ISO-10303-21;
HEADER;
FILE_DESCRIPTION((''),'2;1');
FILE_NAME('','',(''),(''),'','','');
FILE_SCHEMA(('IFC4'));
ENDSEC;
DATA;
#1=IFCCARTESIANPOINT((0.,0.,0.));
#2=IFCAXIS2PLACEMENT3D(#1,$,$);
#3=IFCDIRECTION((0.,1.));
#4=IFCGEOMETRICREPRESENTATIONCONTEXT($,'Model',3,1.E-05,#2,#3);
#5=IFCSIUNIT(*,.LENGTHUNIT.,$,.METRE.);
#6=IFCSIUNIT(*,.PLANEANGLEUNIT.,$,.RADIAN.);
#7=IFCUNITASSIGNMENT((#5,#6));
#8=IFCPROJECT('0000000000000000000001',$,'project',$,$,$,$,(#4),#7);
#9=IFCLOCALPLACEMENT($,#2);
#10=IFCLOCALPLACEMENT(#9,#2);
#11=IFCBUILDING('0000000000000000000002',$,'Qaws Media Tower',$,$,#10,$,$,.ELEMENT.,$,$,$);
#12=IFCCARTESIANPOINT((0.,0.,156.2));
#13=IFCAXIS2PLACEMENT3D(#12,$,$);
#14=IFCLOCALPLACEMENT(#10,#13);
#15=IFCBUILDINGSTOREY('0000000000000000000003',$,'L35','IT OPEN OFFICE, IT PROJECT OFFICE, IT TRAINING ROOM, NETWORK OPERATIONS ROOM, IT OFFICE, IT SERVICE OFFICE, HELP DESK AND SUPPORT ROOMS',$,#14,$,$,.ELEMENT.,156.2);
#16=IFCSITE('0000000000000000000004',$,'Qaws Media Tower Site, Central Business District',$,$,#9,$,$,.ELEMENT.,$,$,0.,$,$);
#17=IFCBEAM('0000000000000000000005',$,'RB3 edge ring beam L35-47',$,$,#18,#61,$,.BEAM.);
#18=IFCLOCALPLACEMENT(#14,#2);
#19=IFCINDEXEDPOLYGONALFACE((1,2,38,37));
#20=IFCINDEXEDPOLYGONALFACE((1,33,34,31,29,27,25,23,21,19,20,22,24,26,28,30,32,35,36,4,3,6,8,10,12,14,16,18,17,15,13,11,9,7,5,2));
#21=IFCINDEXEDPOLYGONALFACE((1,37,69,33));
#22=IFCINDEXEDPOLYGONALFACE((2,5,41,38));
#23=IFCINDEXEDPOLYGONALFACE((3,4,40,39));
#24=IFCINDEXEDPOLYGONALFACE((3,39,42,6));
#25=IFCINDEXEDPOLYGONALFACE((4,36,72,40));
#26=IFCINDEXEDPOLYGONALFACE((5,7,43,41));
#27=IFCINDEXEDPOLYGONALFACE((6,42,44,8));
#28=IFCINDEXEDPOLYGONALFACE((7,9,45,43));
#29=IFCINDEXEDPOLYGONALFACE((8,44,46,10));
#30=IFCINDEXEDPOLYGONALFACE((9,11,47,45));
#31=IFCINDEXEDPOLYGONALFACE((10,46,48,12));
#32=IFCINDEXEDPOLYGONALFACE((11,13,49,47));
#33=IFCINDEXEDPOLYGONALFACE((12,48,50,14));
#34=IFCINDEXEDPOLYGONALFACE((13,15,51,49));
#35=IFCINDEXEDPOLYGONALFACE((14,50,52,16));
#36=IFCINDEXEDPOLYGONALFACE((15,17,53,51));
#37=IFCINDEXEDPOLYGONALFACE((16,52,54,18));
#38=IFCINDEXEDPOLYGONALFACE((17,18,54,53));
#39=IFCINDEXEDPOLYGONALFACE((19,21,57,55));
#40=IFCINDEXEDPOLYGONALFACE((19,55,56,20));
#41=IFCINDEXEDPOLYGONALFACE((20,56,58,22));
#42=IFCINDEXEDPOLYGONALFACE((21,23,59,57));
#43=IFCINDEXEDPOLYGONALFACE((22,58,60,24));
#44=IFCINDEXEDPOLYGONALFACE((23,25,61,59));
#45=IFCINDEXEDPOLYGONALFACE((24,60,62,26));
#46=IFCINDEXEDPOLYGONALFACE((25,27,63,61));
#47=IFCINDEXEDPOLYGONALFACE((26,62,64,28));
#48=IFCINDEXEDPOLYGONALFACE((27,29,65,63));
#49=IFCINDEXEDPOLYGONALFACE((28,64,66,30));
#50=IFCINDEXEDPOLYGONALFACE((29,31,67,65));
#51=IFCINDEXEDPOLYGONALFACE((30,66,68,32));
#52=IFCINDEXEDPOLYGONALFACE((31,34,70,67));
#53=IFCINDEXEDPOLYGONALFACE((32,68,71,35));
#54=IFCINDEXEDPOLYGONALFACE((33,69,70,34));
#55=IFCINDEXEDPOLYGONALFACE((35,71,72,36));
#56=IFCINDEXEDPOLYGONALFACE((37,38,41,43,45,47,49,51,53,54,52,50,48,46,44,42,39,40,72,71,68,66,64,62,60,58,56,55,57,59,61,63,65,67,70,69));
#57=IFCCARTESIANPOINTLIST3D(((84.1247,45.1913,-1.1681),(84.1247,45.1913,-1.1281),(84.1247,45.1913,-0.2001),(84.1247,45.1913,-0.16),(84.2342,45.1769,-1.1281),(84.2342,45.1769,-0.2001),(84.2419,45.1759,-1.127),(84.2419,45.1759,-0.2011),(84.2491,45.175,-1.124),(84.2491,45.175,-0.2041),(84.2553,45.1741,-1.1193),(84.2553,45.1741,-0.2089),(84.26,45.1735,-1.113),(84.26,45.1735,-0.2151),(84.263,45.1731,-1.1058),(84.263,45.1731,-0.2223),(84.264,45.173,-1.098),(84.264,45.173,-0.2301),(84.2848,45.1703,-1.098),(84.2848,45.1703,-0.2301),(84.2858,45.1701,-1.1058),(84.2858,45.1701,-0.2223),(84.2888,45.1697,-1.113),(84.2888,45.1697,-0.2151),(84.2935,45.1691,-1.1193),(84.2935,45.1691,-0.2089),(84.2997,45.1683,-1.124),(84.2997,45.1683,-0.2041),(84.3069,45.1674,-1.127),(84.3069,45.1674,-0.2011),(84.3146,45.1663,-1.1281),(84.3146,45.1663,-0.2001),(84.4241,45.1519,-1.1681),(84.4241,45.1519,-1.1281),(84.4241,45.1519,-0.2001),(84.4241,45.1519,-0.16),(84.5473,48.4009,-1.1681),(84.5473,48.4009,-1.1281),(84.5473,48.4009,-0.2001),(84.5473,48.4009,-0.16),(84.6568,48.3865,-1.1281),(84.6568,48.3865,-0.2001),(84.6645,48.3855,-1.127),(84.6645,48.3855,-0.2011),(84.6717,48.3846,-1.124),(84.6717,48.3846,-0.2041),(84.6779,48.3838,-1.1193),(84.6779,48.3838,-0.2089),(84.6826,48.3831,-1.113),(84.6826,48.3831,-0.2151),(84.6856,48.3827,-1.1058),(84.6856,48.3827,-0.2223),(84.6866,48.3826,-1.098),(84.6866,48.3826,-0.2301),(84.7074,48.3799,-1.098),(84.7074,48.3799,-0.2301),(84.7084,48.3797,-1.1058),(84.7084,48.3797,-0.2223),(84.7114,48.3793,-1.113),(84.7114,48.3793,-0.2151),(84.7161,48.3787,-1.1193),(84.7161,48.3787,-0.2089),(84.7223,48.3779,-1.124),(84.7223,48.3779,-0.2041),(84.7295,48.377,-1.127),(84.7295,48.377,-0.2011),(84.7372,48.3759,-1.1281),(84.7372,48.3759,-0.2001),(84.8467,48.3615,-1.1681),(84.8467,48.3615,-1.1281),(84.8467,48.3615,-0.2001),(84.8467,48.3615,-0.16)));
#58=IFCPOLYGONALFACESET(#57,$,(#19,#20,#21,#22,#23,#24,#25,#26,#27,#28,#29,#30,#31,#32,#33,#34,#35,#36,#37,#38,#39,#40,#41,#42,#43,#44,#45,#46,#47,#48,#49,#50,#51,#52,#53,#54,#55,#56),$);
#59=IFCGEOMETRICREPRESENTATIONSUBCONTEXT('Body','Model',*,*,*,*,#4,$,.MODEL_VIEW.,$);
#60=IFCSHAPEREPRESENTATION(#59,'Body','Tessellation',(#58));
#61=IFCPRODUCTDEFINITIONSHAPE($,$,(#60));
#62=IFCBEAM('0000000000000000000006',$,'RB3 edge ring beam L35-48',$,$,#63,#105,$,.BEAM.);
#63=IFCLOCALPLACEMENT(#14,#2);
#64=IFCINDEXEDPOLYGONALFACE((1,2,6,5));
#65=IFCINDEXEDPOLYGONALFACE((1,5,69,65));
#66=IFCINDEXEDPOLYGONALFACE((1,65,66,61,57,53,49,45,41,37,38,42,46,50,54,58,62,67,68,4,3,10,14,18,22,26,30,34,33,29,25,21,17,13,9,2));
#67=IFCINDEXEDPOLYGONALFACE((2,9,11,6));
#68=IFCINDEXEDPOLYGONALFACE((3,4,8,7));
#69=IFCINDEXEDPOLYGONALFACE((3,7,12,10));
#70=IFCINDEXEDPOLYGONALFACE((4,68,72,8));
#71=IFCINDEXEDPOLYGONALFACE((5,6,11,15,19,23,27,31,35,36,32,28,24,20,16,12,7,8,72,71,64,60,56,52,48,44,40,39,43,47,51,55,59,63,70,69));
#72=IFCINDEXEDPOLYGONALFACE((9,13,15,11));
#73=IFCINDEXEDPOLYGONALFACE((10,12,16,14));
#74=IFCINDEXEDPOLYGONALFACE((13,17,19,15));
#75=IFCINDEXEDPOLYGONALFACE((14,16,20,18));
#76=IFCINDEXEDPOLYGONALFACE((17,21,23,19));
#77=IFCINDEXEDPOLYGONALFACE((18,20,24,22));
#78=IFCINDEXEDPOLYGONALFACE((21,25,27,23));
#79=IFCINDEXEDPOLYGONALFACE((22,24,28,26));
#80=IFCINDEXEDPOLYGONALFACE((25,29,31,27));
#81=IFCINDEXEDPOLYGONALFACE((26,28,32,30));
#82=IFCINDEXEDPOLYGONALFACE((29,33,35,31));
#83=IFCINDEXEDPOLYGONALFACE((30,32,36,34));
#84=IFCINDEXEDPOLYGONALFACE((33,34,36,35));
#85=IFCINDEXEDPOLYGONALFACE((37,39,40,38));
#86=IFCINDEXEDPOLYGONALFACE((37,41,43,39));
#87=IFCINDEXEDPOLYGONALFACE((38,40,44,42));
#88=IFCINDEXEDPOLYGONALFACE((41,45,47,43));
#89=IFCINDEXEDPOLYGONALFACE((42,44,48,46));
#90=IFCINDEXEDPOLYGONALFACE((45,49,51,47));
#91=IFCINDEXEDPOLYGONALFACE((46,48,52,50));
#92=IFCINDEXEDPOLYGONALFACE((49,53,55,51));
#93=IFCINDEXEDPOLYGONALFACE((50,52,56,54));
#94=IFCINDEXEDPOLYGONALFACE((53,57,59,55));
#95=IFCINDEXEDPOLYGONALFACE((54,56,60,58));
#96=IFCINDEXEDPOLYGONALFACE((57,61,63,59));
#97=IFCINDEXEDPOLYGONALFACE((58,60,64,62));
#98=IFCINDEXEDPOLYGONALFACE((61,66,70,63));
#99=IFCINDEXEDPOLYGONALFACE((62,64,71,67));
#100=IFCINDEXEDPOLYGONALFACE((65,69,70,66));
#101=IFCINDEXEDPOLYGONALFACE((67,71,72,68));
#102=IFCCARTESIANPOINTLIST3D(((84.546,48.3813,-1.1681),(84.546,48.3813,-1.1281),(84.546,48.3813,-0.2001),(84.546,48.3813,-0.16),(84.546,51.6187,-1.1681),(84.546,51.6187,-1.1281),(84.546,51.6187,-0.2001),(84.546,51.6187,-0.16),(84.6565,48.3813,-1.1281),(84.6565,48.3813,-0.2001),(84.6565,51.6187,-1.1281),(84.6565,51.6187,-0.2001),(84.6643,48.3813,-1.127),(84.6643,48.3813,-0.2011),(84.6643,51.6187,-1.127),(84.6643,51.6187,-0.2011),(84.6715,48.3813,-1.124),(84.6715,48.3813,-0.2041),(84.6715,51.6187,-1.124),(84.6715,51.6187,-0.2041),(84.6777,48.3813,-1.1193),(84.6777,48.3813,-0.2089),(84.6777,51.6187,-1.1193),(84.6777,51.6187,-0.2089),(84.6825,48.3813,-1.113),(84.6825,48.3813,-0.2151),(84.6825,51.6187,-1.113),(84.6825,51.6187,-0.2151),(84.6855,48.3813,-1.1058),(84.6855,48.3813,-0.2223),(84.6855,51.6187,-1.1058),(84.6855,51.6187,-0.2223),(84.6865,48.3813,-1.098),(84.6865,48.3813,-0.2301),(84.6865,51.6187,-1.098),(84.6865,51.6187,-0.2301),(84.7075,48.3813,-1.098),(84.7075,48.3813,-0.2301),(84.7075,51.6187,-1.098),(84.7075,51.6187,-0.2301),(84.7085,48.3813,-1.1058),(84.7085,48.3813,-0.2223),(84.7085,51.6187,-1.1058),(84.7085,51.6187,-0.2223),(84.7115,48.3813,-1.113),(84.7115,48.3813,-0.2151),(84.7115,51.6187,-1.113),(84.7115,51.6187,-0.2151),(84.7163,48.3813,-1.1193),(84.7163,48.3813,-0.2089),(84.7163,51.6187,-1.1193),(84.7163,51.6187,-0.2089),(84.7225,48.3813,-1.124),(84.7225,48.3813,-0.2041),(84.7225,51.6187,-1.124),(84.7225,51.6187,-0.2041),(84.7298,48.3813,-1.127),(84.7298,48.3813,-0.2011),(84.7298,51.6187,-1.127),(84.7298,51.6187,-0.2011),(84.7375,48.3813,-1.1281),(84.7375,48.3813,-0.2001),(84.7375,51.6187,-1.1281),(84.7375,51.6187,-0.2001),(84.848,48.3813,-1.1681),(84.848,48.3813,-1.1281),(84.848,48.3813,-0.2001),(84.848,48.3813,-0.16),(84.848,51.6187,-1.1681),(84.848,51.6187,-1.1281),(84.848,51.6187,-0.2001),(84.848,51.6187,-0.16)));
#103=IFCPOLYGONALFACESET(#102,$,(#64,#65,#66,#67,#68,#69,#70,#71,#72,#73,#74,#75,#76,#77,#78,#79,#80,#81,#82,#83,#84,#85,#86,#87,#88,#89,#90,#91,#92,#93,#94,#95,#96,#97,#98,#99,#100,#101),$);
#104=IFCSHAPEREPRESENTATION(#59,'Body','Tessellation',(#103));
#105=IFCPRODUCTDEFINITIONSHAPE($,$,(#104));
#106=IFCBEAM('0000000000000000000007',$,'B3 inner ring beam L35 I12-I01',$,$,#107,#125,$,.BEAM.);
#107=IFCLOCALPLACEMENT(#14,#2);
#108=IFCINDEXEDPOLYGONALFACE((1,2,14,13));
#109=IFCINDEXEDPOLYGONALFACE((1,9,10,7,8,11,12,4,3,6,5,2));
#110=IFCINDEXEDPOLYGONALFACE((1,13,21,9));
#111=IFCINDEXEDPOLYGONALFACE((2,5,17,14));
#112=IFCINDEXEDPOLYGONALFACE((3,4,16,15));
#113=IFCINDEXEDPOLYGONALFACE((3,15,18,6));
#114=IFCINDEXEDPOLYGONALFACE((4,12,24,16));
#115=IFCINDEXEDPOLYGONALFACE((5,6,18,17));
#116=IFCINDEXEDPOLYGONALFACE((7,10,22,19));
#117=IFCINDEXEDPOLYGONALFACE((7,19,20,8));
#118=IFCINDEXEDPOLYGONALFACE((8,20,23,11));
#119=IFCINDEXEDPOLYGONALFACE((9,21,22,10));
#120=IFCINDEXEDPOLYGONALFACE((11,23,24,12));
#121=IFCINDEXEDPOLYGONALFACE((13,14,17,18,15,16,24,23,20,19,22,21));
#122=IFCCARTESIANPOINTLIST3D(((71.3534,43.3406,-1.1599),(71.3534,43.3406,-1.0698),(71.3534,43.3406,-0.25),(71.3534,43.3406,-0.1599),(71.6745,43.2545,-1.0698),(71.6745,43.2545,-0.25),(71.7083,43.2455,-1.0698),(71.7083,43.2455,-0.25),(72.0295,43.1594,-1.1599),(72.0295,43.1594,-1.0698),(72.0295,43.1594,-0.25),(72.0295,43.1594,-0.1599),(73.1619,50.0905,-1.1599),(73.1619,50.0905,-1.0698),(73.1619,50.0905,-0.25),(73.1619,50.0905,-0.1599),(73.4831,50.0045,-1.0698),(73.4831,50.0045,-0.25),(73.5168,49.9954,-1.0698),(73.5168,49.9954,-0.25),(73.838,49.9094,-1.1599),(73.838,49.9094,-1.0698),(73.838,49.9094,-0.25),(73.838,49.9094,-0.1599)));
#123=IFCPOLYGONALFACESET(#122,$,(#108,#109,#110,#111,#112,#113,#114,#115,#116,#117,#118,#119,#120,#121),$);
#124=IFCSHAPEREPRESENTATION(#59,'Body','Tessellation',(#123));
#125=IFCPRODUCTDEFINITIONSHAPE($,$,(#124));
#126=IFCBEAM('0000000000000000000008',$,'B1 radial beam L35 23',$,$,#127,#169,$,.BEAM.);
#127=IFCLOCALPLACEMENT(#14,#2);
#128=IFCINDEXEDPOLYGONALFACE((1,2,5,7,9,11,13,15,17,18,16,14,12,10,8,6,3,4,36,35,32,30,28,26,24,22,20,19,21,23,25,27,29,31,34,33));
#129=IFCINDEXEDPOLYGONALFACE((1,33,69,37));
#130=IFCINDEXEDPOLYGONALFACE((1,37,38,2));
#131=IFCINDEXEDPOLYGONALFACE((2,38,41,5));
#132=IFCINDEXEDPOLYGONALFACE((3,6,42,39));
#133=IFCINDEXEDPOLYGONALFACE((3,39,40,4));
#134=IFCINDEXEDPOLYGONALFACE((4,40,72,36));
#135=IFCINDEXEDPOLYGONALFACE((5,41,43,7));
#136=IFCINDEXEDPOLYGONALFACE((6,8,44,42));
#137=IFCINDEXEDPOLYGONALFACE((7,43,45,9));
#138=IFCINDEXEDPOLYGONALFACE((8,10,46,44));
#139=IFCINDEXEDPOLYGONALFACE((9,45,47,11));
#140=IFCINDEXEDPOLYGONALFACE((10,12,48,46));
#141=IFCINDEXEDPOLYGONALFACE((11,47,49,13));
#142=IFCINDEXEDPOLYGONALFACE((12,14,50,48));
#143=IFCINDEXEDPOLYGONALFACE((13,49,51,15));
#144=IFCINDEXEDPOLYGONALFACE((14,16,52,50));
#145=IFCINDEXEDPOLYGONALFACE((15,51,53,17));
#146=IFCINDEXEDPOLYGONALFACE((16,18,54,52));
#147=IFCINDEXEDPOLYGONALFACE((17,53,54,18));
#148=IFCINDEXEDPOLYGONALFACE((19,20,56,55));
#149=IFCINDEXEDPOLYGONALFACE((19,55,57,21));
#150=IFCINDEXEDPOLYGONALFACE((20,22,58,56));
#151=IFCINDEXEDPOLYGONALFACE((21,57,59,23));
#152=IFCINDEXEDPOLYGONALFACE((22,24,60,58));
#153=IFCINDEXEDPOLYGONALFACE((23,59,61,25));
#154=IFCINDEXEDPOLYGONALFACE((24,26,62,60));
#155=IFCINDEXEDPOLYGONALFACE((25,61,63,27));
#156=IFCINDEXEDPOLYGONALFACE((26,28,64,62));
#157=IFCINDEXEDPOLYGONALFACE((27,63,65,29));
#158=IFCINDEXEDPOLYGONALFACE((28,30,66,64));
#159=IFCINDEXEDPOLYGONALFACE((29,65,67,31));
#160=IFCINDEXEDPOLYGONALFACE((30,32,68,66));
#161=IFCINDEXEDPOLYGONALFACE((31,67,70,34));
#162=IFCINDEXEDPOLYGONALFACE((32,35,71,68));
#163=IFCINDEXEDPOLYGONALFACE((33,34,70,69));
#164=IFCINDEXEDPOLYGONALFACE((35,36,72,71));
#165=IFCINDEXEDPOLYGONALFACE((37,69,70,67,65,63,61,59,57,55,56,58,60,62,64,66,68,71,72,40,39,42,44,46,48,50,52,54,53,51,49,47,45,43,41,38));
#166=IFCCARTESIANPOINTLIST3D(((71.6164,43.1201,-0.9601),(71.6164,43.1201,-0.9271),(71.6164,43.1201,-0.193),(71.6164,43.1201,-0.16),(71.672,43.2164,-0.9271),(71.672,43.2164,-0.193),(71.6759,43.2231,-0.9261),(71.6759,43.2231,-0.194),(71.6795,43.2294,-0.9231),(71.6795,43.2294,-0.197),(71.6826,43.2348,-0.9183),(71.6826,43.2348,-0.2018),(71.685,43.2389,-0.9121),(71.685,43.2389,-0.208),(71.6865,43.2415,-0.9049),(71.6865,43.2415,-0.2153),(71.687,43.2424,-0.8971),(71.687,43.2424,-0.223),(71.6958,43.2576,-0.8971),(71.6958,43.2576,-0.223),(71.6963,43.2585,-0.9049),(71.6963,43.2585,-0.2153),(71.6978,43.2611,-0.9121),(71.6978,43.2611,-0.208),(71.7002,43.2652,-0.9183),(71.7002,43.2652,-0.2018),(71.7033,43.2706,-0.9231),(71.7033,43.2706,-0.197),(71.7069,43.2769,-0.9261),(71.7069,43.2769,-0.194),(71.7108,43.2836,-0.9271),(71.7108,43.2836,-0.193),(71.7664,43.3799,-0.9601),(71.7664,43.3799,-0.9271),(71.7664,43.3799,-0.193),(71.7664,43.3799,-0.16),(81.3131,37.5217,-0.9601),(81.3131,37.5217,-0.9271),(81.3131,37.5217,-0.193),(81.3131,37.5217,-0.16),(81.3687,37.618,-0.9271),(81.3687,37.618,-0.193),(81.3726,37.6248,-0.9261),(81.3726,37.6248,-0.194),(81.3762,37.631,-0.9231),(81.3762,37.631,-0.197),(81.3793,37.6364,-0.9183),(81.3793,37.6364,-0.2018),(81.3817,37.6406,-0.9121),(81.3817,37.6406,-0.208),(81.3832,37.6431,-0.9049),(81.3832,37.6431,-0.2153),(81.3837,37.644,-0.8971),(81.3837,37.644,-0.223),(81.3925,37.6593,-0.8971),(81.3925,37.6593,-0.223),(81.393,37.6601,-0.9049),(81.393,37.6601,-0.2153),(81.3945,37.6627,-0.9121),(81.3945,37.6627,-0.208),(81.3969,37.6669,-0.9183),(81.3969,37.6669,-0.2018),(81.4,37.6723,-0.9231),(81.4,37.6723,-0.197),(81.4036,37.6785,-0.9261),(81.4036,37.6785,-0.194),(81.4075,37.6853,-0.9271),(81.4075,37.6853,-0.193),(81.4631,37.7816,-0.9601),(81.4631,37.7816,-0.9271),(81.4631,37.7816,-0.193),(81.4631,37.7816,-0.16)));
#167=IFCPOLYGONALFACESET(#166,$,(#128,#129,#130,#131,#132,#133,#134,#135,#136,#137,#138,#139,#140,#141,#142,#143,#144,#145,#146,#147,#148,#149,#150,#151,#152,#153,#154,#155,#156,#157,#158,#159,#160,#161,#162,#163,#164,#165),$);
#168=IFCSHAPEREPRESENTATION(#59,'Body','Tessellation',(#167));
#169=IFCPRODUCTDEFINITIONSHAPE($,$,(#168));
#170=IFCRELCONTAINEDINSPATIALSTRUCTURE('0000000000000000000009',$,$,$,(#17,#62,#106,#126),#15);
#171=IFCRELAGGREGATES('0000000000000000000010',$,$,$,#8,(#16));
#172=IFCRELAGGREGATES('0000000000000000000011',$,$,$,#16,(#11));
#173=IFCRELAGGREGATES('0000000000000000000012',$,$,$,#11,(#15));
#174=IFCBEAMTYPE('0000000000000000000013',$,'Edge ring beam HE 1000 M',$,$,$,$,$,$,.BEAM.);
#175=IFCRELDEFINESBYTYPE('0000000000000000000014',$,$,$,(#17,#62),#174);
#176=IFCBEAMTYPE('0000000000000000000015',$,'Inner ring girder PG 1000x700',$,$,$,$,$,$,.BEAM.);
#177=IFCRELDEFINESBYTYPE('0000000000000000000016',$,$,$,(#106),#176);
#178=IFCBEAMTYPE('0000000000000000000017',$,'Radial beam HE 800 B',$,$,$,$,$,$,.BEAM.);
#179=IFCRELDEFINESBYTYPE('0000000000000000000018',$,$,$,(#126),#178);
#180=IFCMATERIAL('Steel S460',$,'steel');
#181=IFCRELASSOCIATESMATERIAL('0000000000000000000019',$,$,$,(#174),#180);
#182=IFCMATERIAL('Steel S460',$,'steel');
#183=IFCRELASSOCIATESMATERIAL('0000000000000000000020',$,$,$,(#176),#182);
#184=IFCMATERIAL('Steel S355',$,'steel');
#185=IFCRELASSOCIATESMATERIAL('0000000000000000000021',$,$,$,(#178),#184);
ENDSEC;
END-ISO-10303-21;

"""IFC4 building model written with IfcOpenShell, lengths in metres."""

from ifc_helpers import new_model, si_unit, direction, frame, origin, origin_2d, place, context, subcontext, project, spatial, i_section, extrude, material, material_profile, profile_set, type_object, element, save


model = new_model("IFC4")

# Units and contexts
model_context = context("Model", 3, precision=1e-05, world=origin(), true_north=direction((0.0, 1.0)))
body_context = subcontext(model_context, "Body", "Model", "MODEL_VIEW")
ifc_project = project(units=[si_unit("LENGTHUNIT", "METRE"), si_unit("PLANEANGLEUNIT", "RADIAN")], contexts=[model_context])

# Site, building, storey
site_placement = place(None, origin())
site = spatial("IfcSite", under=ifc_project, at=site_placement, Name="Qaws Media Tower Site, Central Business District", CompositionType="ELEMENT", RefElevation=0.0)
building_placement = place(site_placement, origin())
building = spatial("IfcBuilding", under=site, at=building_placement, Name="Qaws Media Tower", CompositionType="ELEMENT")
storey_placement = place(building_placement, frame((0.0, 0.0, 156.2)))
storey = spatial("IfcBuildingStorey", under=building, at=storey_placement, Name="L35", Description="IT OPEN OFFICE, IT PROJECT OFFICE, IT TRAINING ROOM, NETWORK OPERATIONS ROOM, IT OFFICE, IT SERVICE OFFICE, HELP DESK AND SUPPORT ROOMS", CompositionType="ELEMENT", Elevation=156.2)

# Beams
ifc_material_1 = material(Name="Steel S460", Category="steel")
ifc_material_profile_1 = material_profile(ifc_material_1, i_section(OverallWidth=0.302, OverallDepth=1.0081, WebThickness=0.021, FlangeThickness=0.04, FilletRadius=0.03, at=origin_2d()), Name="HE 1000 M")
ifc_profile_set_1 = profile_set([ifc_material_profile_1], Name="Steel S460")
beam_type_1 = type_object("IfcBeamType", Name="Edge ring beam HE 1000 M", PredefinedType="BEAM", material=ifc_profile_set_1)
for number, where, z_axis, x_axis, name in (
    (1, (84.2744, 45.1716, -0.6641), (0.130538, 0.991443, 0.0), (-0.991443, 0.130538, 0.0), "RB3 edge ring beam L35-47"),
    (2, (84.697, 48.3813, -0.6641), (0.0, 1.0, 0.0), (-1.0, 0.0, 0.0), "RB3 edge ring beam L35-48"),
):
    element("IfcBeam", number, at=place(storey_placement, frame(where, z_axis=z_axis, x_axis=x_axis)), inside=storey, type_object=beam_type_1, Name=name, PredefinedType="BEAM", context=body_context, shape_type="SweptSolid", body=[
        extrude(i_section(OverallWidth=0.302, OverallDepth=1.0081, WebThickness=0.021, FlangeThickness=0.04, FilletRadius=0.03, at=origin_2d()), origin(), (0.0, 0.0, 1.0), 3.2373),
    ])
ifc_material_2 = material(Name="Steel S460", Category="steel")
ifc_material_profile_2 = material_profile(ifc_material_2, i_section(OverallWidth=0.7, OverallDepth=1.0, WebThickness=0.0349, FlangeThickness=0.0901, at=origin_2d()), Name="PG 1000x700")
ifc_profile_set_2 = profile_set([ifc_material_profile_2], Name="Steel S460")
beam_type_2 = type_object("IfcBeamType", Name="Inner ring girder PG 1000x700", PredefinedType="BEAM", material=ifc_profile_set_2)
beam_1_placement = place(storey_placement, frame((71.6914, 43.25, -0.6599), z_axis=(0.258811, 0.965928, 0.0), x_axis=(-0.965928, 0.258811, 0.0)))
element("IfcBeam", 3, at=beam_1_placement, inside=storey, type_object=beam_type_2, Name="B3 inner ring beam L35 I12-I01", PredefinedType="BEAM", context=body_context, shape_type="SweptSolid", body=[
    extrude(i_section(OverallWidth=0.7, OverallDepth=1.0, WebThickness=0.0349, FlangeThickness=0.0901, at=origin_2d()), origin(), (0.0, 0.0, 1.0), 6.988),
])
ifc_material_3 = material(Name="Steel S355", Category="steel")
ifc_material_profile_3 = material_profile(ifc_material_3, i_section(OverallWidth=0.3, OverallDepth=0.8, WebThickness=0.0176, FlangeThickness=0.033, FilletRadius=0.03, at=origin_2d()), Name="HE 800 B")
ifc_profile_set_3 = profile_set([ifc_material_profile_3], Name="Steel S355")
beam_type_3 = type_object("IfcBeamType", Name="Radial beam HE 800 B", PredefinedType="BEAM", material=ifc_profile_set_3)
beam_2_placement = place(storey_placement, frame((71.6914, 43.25, -0.5601), z_axis=(0.866027, -0.499997, 0.0), x_axis=(0.499997, 0.866027, 0.0)))
element("IfcBeam", 4, at=beam_2_placement, inside=storey, type_object=beam_type_3, Name="B1 radial beam L35 23", PredefinedType="BEAM", context=body_context, shape_type="SweptSolid", body=[
    extrude(i_section(OverallWidth=0.3, OverallDepth=0.8, WebThickness=0.0176, FlangeThickness=0.033, FilletRadius=0.03, at=origin_2d()), origin(), (0.0, 0.0, 1.0), 11.1968),
])

save(model, "model.ifc")
